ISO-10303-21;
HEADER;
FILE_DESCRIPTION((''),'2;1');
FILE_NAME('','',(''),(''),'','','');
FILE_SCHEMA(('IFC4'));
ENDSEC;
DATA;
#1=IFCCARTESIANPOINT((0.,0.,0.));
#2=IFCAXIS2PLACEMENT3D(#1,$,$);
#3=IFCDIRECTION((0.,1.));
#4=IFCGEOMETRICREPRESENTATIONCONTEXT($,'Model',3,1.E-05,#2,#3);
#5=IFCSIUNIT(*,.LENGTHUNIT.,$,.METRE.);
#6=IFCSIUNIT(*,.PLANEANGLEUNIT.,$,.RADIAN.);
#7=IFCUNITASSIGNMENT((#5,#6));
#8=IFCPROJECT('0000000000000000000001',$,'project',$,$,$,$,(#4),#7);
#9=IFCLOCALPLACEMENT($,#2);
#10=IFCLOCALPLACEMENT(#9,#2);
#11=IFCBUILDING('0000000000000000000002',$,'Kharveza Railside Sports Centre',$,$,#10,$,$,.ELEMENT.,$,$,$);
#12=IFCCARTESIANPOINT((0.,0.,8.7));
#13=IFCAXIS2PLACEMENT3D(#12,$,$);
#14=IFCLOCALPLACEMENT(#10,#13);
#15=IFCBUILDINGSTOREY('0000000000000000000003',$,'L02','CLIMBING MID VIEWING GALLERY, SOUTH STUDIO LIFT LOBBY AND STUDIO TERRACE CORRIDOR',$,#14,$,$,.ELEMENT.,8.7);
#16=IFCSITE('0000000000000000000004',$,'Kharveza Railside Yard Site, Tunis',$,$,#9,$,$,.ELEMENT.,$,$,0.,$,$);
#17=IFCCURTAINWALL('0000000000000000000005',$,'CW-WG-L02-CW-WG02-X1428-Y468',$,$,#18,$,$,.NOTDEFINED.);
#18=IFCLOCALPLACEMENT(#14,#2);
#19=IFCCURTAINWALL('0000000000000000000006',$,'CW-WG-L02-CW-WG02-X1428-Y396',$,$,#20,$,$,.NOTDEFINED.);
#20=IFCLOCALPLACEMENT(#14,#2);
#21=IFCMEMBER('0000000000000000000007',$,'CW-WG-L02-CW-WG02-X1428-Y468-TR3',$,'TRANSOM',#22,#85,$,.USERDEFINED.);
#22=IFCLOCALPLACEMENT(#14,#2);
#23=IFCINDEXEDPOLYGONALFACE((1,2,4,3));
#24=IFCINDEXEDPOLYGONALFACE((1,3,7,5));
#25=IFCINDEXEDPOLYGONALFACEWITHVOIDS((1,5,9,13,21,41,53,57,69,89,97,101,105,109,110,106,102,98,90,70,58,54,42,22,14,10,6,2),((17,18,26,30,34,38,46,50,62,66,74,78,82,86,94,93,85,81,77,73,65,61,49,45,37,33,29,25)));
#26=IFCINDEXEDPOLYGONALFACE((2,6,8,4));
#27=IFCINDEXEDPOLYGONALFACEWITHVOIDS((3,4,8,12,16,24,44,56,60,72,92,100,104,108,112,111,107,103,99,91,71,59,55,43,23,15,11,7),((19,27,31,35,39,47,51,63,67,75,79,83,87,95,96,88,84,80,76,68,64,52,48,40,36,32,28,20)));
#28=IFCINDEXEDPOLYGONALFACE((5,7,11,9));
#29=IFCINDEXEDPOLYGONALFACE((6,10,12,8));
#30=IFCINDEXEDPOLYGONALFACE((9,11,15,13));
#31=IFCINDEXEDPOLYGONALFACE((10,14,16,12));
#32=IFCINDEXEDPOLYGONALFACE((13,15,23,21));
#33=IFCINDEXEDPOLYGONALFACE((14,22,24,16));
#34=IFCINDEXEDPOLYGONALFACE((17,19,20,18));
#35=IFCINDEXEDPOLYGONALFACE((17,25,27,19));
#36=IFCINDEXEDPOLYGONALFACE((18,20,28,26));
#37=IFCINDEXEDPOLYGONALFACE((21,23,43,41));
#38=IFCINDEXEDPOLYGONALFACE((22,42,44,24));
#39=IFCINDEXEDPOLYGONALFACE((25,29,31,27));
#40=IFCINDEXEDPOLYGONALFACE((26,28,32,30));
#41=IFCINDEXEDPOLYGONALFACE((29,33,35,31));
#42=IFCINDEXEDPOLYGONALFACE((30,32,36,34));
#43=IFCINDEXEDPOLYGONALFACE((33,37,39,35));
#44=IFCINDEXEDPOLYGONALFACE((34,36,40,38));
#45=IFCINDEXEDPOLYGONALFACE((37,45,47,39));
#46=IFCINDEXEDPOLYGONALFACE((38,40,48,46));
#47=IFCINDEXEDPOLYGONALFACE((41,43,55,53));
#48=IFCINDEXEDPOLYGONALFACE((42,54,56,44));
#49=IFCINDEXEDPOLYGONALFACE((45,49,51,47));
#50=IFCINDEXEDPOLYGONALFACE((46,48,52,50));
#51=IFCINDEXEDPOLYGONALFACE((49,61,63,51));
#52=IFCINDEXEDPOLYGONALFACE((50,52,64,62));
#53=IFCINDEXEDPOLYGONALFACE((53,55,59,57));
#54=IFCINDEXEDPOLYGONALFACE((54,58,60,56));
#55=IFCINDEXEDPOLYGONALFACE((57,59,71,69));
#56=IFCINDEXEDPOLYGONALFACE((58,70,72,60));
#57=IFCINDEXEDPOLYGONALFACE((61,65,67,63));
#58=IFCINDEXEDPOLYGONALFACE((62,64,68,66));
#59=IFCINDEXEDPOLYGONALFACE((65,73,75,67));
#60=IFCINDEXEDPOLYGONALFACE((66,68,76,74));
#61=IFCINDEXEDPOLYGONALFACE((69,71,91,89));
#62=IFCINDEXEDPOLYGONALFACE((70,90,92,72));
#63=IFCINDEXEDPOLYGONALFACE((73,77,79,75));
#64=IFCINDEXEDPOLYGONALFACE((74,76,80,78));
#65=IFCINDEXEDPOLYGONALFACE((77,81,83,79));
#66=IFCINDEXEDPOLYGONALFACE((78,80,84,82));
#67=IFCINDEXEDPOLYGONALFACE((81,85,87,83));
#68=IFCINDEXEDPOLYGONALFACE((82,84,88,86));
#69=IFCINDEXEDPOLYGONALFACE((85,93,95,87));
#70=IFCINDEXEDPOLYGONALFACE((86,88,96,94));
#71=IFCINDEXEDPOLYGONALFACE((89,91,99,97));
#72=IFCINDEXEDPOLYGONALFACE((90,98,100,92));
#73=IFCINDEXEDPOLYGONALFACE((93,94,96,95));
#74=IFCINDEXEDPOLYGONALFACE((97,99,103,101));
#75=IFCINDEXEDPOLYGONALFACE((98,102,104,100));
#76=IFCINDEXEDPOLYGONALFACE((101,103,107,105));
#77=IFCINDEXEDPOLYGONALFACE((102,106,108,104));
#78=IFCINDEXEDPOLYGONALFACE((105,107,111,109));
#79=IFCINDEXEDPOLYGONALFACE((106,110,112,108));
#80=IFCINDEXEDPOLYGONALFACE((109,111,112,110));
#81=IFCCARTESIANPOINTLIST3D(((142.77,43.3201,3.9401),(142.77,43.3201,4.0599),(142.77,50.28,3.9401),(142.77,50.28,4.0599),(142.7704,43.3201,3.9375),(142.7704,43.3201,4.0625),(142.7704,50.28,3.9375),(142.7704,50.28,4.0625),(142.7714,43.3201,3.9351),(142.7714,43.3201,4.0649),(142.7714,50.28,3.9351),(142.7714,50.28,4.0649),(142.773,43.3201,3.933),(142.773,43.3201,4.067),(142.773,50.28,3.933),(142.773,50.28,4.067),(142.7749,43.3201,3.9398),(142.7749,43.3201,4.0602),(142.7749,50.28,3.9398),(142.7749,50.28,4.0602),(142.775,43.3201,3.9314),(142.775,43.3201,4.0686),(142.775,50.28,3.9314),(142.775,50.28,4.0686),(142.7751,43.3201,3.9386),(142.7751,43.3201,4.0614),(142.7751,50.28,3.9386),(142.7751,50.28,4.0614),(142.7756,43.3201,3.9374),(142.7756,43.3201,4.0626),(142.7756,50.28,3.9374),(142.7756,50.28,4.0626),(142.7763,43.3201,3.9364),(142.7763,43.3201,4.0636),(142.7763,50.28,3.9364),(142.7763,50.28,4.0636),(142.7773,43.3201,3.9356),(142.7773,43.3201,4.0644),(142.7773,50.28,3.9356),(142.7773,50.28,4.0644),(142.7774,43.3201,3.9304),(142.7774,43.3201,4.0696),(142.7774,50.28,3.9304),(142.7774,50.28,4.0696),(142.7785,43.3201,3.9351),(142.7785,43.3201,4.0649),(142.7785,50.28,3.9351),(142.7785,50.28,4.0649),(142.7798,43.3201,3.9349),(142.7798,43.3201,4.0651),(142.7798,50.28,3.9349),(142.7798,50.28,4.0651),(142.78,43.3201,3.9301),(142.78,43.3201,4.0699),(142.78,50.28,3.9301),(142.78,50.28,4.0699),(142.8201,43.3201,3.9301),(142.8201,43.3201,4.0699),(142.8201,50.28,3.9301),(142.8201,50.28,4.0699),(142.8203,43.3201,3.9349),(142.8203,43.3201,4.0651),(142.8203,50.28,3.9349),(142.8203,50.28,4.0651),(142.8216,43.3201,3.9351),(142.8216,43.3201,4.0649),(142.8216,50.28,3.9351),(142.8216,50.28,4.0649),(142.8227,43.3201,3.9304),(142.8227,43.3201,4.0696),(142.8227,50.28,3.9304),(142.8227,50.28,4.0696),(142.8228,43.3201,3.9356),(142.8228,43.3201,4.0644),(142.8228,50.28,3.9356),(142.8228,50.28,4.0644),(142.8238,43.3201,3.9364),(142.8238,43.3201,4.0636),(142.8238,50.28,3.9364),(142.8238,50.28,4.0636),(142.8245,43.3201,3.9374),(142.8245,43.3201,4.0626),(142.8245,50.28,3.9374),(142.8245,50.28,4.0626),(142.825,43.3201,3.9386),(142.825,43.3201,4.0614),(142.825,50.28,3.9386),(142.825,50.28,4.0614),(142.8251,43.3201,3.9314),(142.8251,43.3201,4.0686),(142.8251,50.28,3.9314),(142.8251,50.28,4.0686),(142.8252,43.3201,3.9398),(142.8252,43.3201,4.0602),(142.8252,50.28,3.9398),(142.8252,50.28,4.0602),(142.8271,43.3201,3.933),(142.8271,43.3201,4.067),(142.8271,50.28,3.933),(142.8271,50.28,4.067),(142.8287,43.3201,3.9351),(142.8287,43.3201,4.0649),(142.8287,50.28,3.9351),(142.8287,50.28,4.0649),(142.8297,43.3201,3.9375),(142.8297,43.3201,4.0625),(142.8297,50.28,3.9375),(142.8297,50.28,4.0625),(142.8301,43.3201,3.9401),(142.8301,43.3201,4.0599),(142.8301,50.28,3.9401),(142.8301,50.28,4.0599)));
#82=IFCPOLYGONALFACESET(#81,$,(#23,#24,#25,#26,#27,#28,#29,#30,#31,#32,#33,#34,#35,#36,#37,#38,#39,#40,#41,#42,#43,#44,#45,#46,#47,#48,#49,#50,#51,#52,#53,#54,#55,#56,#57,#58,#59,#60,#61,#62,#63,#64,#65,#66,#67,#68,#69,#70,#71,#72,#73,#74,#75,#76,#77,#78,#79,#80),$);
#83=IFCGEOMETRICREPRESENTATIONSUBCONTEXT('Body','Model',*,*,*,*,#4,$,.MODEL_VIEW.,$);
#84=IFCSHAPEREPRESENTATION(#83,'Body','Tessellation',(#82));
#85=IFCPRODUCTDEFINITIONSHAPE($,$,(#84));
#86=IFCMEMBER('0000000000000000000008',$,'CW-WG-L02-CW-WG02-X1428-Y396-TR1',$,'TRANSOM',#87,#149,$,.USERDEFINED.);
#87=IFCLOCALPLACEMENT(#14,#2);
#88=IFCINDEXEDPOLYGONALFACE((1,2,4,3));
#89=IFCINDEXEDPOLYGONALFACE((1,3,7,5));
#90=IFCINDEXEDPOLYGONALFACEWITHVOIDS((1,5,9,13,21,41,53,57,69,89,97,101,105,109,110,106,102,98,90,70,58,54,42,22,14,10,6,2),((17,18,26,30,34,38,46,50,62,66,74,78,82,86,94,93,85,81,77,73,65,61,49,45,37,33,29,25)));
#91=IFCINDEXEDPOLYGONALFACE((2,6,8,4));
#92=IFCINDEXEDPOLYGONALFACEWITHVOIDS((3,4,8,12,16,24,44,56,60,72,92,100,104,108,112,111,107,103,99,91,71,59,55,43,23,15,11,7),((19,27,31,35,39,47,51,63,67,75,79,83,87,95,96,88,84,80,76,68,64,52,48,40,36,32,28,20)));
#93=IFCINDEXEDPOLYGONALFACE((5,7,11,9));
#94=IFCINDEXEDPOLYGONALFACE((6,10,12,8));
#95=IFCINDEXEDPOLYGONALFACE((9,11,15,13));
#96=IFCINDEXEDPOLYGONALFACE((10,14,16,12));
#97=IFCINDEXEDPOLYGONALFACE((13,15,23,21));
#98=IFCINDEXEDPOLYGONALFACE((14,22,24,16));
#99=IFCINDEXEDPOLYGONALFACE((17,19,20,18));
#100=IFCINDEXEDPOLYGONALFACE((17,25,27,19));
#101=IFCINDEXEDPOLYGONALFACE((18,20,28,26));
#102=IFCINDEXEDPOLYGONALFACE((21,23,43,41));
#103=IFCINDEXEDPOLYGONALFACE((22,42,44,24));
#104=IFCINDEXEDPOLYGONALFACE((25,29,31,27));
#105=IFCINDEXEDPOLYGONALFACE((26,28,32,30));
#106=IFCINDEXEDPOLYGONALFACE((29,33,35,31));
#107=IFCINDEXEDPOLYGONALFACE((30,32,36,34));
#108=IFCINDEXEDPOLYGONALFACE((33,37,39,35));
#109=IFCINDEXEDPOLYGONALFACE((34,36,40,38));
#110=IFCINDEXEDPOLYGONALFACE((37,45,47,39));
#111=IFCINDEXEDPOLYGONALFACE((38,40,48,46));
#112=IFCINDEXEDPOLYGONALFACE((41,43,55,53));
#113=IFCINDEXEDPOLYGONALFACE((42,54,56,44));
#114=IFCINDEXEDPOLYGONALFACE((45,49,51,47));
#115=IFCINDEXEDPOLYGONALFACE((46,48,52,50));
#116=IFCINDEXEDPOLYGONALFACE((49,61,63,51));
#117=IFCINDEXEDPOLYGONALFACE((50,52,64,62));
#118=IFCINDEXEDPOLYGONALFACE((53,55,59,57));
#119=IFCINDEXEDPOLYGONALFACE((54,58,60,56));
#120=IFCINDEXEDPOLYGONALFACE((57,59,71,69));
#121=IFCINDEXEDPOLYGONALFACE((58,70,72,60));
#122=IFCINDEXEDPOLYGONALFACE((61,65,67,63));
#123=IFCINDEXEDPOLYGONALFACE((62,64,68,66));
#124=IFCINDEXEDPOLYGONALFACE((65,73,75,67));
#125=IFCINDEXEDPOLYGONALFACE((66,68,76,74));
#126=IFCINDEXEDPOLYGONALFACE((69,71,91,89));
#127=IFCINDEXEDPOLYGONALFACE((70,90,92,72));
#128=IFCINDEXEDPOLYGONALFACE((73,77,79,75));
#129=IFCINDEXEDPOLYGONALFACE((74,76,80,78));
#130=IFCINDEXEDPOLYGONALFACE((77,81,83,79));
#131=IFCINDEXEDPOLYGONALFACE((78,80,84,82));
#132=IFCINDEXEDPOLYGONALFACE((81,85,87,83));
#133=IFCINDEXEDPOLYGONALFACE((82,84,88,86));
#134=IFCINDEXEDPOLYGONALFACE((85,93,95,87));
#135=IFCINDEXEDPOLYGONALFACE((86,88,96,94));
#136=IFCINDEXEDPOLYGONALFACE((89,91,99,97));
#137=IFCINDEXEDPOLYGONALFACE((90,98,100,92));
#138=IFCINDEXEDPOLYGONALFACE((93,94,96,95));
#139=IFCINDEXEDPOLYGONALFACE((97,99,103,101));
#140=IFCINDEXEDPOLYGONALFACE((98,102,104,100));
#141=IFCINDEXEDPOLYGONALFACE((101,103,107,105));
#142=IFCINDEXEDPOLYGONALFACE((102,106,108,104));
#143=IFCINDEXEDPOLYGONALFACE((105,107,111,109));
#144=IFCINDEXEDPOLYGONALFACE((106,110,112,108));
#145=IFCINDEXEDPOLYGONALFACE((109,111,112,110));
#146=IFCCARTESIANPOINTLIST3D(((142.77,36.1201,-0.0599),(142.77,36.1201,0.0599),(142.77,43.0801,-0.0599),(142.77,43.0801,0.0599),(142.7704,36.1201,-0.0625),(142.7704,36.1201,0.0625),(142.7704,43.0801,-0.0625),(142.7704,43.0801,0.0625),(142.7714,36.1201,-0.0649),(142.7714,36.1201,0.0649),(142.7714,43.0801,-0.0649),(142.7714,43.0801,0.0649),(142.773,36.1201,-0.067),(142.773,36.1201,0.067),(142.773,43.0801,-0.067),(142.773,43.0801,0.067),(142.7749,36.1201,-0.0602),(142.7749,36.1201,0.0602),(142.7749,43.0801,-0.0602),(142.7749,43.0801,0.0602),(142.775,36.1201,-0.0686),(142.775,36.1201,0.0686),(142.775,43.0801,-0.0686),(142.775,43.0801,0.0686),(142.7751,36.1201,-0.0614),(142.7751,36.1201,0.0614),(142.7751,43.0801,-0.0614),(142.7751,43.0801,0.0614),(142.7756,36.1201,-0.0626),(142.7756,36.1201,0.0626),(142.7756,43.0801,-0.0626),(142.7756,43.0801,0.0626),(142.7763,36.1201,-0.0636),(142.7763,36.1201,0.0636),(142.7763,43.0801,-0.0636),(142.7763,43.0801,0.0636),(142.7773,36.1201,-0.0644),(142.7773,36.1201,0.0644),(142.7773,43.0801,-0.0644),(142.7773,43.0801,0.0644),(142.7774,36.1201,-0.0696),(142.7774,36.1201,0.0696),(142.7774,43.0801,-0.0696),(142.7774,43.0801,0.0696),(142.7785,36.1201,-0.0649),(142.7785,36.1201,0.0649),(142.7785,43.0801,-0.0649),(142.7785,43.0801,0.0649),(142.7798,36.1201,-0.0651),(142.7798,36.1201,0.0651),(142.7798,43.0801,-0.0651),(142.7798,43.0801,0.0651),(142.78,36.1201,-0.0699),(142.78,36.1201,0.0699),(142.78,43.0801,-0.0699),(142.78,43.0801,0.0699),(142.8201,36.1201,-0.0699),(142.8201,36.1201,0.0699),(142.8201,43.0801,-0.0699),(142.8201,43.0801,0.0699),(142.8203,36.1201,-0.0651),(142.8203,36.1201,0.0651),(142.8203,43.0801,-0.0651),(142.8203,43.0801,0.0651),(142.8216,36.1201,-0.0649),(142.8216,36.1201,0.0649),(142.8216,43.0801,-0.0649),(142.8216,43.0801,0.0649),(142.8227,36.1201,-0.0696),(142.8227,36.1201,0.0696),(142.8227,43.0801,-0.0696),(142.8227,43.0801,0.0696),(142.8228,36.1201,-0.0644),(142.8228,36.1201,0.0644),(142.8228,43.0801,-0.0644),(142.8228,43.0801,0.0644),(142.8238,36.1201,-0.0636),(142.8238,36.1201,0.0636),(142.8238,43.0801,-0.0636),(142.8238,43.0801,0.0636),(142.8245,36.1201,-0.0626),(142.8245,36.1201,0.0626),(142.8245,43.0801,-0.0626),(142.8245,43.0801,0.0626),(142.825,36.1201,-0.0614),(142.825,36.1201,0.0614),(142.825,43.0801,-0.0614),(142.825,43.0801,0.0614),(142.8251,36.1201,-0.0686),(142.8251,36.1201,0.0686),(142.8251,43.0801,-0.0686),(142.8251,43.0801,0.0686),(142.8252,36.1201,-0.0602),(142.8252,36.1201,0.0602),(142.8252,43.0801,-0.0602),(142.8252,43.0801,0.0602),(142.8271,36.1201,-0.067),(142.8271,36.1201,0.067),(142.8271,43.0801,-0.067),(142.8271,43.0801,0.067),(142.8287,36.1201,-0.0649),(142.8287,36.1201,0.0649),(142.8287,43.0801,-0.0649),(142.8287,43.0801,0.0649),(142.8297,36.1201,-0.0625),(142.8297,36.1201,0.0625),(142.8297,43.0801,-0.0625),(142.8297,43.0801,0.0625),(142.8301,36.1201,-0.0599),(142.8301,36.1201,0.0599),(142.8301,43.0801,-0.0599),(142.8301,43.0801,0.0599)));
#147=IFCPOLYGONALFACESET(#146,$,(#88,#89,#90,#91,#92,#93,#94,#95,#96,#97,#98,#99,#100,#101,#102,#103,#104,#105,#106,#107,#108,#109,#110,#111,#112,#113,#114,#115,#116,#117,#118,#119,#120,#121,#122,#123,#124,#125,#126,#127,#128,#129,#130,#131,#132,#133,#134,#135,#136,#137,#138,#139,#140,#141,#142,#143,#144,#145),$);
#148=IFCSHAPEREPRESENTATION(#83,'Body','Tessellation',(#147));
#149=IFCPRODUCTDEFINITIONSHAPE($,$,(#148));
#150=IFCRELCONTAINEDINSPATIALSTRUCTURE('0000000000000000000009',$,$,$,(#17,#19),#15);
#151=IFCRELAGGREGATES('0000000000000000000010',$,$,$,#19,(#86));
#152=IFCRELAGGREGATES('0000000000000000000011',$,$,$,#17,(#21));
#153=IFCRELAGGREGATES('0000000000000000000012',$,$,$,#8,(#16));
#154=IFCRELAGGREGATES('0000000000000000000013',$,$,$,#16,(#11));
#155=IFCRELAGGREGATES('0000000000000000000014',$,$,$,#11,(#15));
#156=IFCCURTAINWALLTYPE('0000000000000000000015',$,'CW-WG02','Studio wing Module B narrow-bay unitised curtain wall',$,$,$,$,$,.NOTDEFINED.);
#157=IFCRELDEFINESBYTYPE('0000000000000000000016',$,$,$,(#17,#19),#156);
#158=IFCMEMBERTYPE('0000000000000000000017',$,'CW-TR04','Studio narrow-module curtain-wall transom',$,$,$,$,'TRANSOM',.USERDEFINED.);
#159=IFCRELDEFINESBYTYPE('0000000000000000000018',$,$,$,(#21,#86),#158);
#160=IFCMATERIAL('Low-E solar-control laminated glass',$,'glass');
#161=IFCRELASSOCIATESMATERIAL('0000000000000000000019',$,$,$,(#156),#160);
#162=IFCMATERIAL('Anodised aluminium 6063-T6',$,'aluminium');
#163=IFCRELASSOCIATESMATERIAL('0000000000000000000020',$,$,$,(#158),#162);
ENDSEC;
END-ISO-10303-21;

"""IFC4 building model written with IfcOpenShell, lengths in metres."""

from ifc_helpers import new_model, si_unit, direction, frame, origin, origin_2d, place, context, subcontext, project, spatial, hollow_rectangle, extrude, material, material_profile, profile_set, type_object, element, aggregate, save


model = new_model("IFC4")

# Units and contexts
model_context = context("Model", 3, precision=1e-05, world=origin(), true_north=direction((0.0, 1.0)))
body_context = subcontext(model_context, "Body", "Model", "MODEL_VIEW")
ifc_project = project(units=[si_unit("LENGTHUNIT", "METRE"), si_unit("PLANEANGLEUNIT", "RADIAN")], contexts=[model_context])

# Site, building, storey
site_placement = place(None, origin())
site = spatial("IfcSite", under=ifc_project, at=site_placement, Name="Kharveza Railside Yard Site, Tunis", CompositionType="ELEMENT", RefElevation=0.0)
building_placement = place(site_placement, origin())
building = spatial("IfcBuilding", under=site, at=building_placement, Name="Kharveza Railside Sports Centre", CompositionType="ELEMENT")
storey_placement = place(building_placement, frame((0.0, 0.0, 8.7)))
storey = spatial("IfcBuildingStorey", under=building, at=storey_placement, Name="L02", Description="CLIMBING MID VIEWING GALLERY, SOUTH STUDIO LIFT LOBBY AND STUDIO TERRACE CORRIDOR", CompositionType="ELEMENT", Elevation=8.7)

# Curtain wall
ifc_material_1 = material(Name="Low-E solar-control laminated glass", Category="glass")
curtain_wall_type = type_object("IfcCurtainWallType", Name="CW-WG02", Description="Studio wing Module B narrow-bay unitised curtain wall", PredefinedType="NOTDEFINED", material=ifc_material_1)
curtain_wall_1_placement = place(storey_placement, origin())
curtain_wall_1 = element("IfcCurtainWall", 1, at=curtain_wall_1_placement, inside=storey, type_object=curtain_wall_type, Name="CW-WG-L02-CW-WG02-X1428-Y468", PredefinedType="NOTDEFINED")
ifc_material_2 = material(Name="Anodised aluminium 6063-T6", Category="aluminium")

# Curtain wall
curtain_wall_2_placement = place(storey_placement, origin())
curtain_wall_2 = element("IfcCurtainWall", 2, at=curtain_wall_2_placement, inside=storey, type_object=curtain_wall_type, Name="CW-WG-L02-CW-WG02-X1428-Y396", PredefinedType="NOTDEFINED")

# Members
ifc_material_profile_1 = material_profile(ifc_material_2, hollow_rectangle(XDim=0.0601, YDim=0.1399, WallThickness=0.0049, InnerFilletRadius=0.0049, OuterFilletRadius=0.01, at=origin_2d()), Name="RHS 60x140x5.0")
ifc_profile_set_1 = profile_set([ifc_material_profile_1], Name="Anodised aluminium 6063-T6")
member_type_1 = type_object("IfcMemberType", Name="CW-TR04", Description="Studio narrow-module curtain-wall transom", ElementType="TRANSOM", PredefinedType="USERDEFINED", material=ifc_profile_set_1)
member_1_placement = place(storey_placement, frame((142.8, 50.28, 4.0), z_axis=(0.0, -1.0, 0.0), x_axis=(1.0, 0.0, 0.0)))
member_1 = element("IfcMember", 3, at=member_1_placement, type_object=member_type_1, Name="CW-WG-L02-CW-WG02-X1428-Y468-TR3", ObjectType="TRANSOM", PredefinedType="USERDEFINED", context=body_context, shape_type="SweptSolid", body=[
    extrude(hollow_rectangle(XDim=0.0601, YDim=0.1399, WallThickness=0.0049, InnerFilletRadius=0.0049, OuterFilletRadius=0.01, at=origin_2d()), origin(), (0.0, 0.0, 1.0), 6.96),
])
member_2_placement = place(storey_placement, frame((142.8, 43.0801, 0.0), z_axis=(0.0, -1.0, 0.0), x_axis=(1.0, 0.0, 0.0)))
member_2 = element("IfcMember", 4, at=member_2_placement, type_object=member_type_1, Name="CW-WG-L02-CW-WG02-X1428-Y396-TR1", ObjectType="TRANSOM", PredefinedType="USERDEFINED", context=body_context, shape_type="SweptSolid", body=[
    extrude(hollow_rectangle(XDim=0.0601, YDim=0.1399, WallThickness=0.0049, InnerFilletRadius=0.0049, OuterFilletRadius=0.01, at=origin_2d()), origin(), (0.0, 0.0, 1.0), 6.96),
])

aggregate(curtain_wall_2, [member_2])
aggregate(curtain_wall_1, [member_1])

save(model, "model.ifc")
